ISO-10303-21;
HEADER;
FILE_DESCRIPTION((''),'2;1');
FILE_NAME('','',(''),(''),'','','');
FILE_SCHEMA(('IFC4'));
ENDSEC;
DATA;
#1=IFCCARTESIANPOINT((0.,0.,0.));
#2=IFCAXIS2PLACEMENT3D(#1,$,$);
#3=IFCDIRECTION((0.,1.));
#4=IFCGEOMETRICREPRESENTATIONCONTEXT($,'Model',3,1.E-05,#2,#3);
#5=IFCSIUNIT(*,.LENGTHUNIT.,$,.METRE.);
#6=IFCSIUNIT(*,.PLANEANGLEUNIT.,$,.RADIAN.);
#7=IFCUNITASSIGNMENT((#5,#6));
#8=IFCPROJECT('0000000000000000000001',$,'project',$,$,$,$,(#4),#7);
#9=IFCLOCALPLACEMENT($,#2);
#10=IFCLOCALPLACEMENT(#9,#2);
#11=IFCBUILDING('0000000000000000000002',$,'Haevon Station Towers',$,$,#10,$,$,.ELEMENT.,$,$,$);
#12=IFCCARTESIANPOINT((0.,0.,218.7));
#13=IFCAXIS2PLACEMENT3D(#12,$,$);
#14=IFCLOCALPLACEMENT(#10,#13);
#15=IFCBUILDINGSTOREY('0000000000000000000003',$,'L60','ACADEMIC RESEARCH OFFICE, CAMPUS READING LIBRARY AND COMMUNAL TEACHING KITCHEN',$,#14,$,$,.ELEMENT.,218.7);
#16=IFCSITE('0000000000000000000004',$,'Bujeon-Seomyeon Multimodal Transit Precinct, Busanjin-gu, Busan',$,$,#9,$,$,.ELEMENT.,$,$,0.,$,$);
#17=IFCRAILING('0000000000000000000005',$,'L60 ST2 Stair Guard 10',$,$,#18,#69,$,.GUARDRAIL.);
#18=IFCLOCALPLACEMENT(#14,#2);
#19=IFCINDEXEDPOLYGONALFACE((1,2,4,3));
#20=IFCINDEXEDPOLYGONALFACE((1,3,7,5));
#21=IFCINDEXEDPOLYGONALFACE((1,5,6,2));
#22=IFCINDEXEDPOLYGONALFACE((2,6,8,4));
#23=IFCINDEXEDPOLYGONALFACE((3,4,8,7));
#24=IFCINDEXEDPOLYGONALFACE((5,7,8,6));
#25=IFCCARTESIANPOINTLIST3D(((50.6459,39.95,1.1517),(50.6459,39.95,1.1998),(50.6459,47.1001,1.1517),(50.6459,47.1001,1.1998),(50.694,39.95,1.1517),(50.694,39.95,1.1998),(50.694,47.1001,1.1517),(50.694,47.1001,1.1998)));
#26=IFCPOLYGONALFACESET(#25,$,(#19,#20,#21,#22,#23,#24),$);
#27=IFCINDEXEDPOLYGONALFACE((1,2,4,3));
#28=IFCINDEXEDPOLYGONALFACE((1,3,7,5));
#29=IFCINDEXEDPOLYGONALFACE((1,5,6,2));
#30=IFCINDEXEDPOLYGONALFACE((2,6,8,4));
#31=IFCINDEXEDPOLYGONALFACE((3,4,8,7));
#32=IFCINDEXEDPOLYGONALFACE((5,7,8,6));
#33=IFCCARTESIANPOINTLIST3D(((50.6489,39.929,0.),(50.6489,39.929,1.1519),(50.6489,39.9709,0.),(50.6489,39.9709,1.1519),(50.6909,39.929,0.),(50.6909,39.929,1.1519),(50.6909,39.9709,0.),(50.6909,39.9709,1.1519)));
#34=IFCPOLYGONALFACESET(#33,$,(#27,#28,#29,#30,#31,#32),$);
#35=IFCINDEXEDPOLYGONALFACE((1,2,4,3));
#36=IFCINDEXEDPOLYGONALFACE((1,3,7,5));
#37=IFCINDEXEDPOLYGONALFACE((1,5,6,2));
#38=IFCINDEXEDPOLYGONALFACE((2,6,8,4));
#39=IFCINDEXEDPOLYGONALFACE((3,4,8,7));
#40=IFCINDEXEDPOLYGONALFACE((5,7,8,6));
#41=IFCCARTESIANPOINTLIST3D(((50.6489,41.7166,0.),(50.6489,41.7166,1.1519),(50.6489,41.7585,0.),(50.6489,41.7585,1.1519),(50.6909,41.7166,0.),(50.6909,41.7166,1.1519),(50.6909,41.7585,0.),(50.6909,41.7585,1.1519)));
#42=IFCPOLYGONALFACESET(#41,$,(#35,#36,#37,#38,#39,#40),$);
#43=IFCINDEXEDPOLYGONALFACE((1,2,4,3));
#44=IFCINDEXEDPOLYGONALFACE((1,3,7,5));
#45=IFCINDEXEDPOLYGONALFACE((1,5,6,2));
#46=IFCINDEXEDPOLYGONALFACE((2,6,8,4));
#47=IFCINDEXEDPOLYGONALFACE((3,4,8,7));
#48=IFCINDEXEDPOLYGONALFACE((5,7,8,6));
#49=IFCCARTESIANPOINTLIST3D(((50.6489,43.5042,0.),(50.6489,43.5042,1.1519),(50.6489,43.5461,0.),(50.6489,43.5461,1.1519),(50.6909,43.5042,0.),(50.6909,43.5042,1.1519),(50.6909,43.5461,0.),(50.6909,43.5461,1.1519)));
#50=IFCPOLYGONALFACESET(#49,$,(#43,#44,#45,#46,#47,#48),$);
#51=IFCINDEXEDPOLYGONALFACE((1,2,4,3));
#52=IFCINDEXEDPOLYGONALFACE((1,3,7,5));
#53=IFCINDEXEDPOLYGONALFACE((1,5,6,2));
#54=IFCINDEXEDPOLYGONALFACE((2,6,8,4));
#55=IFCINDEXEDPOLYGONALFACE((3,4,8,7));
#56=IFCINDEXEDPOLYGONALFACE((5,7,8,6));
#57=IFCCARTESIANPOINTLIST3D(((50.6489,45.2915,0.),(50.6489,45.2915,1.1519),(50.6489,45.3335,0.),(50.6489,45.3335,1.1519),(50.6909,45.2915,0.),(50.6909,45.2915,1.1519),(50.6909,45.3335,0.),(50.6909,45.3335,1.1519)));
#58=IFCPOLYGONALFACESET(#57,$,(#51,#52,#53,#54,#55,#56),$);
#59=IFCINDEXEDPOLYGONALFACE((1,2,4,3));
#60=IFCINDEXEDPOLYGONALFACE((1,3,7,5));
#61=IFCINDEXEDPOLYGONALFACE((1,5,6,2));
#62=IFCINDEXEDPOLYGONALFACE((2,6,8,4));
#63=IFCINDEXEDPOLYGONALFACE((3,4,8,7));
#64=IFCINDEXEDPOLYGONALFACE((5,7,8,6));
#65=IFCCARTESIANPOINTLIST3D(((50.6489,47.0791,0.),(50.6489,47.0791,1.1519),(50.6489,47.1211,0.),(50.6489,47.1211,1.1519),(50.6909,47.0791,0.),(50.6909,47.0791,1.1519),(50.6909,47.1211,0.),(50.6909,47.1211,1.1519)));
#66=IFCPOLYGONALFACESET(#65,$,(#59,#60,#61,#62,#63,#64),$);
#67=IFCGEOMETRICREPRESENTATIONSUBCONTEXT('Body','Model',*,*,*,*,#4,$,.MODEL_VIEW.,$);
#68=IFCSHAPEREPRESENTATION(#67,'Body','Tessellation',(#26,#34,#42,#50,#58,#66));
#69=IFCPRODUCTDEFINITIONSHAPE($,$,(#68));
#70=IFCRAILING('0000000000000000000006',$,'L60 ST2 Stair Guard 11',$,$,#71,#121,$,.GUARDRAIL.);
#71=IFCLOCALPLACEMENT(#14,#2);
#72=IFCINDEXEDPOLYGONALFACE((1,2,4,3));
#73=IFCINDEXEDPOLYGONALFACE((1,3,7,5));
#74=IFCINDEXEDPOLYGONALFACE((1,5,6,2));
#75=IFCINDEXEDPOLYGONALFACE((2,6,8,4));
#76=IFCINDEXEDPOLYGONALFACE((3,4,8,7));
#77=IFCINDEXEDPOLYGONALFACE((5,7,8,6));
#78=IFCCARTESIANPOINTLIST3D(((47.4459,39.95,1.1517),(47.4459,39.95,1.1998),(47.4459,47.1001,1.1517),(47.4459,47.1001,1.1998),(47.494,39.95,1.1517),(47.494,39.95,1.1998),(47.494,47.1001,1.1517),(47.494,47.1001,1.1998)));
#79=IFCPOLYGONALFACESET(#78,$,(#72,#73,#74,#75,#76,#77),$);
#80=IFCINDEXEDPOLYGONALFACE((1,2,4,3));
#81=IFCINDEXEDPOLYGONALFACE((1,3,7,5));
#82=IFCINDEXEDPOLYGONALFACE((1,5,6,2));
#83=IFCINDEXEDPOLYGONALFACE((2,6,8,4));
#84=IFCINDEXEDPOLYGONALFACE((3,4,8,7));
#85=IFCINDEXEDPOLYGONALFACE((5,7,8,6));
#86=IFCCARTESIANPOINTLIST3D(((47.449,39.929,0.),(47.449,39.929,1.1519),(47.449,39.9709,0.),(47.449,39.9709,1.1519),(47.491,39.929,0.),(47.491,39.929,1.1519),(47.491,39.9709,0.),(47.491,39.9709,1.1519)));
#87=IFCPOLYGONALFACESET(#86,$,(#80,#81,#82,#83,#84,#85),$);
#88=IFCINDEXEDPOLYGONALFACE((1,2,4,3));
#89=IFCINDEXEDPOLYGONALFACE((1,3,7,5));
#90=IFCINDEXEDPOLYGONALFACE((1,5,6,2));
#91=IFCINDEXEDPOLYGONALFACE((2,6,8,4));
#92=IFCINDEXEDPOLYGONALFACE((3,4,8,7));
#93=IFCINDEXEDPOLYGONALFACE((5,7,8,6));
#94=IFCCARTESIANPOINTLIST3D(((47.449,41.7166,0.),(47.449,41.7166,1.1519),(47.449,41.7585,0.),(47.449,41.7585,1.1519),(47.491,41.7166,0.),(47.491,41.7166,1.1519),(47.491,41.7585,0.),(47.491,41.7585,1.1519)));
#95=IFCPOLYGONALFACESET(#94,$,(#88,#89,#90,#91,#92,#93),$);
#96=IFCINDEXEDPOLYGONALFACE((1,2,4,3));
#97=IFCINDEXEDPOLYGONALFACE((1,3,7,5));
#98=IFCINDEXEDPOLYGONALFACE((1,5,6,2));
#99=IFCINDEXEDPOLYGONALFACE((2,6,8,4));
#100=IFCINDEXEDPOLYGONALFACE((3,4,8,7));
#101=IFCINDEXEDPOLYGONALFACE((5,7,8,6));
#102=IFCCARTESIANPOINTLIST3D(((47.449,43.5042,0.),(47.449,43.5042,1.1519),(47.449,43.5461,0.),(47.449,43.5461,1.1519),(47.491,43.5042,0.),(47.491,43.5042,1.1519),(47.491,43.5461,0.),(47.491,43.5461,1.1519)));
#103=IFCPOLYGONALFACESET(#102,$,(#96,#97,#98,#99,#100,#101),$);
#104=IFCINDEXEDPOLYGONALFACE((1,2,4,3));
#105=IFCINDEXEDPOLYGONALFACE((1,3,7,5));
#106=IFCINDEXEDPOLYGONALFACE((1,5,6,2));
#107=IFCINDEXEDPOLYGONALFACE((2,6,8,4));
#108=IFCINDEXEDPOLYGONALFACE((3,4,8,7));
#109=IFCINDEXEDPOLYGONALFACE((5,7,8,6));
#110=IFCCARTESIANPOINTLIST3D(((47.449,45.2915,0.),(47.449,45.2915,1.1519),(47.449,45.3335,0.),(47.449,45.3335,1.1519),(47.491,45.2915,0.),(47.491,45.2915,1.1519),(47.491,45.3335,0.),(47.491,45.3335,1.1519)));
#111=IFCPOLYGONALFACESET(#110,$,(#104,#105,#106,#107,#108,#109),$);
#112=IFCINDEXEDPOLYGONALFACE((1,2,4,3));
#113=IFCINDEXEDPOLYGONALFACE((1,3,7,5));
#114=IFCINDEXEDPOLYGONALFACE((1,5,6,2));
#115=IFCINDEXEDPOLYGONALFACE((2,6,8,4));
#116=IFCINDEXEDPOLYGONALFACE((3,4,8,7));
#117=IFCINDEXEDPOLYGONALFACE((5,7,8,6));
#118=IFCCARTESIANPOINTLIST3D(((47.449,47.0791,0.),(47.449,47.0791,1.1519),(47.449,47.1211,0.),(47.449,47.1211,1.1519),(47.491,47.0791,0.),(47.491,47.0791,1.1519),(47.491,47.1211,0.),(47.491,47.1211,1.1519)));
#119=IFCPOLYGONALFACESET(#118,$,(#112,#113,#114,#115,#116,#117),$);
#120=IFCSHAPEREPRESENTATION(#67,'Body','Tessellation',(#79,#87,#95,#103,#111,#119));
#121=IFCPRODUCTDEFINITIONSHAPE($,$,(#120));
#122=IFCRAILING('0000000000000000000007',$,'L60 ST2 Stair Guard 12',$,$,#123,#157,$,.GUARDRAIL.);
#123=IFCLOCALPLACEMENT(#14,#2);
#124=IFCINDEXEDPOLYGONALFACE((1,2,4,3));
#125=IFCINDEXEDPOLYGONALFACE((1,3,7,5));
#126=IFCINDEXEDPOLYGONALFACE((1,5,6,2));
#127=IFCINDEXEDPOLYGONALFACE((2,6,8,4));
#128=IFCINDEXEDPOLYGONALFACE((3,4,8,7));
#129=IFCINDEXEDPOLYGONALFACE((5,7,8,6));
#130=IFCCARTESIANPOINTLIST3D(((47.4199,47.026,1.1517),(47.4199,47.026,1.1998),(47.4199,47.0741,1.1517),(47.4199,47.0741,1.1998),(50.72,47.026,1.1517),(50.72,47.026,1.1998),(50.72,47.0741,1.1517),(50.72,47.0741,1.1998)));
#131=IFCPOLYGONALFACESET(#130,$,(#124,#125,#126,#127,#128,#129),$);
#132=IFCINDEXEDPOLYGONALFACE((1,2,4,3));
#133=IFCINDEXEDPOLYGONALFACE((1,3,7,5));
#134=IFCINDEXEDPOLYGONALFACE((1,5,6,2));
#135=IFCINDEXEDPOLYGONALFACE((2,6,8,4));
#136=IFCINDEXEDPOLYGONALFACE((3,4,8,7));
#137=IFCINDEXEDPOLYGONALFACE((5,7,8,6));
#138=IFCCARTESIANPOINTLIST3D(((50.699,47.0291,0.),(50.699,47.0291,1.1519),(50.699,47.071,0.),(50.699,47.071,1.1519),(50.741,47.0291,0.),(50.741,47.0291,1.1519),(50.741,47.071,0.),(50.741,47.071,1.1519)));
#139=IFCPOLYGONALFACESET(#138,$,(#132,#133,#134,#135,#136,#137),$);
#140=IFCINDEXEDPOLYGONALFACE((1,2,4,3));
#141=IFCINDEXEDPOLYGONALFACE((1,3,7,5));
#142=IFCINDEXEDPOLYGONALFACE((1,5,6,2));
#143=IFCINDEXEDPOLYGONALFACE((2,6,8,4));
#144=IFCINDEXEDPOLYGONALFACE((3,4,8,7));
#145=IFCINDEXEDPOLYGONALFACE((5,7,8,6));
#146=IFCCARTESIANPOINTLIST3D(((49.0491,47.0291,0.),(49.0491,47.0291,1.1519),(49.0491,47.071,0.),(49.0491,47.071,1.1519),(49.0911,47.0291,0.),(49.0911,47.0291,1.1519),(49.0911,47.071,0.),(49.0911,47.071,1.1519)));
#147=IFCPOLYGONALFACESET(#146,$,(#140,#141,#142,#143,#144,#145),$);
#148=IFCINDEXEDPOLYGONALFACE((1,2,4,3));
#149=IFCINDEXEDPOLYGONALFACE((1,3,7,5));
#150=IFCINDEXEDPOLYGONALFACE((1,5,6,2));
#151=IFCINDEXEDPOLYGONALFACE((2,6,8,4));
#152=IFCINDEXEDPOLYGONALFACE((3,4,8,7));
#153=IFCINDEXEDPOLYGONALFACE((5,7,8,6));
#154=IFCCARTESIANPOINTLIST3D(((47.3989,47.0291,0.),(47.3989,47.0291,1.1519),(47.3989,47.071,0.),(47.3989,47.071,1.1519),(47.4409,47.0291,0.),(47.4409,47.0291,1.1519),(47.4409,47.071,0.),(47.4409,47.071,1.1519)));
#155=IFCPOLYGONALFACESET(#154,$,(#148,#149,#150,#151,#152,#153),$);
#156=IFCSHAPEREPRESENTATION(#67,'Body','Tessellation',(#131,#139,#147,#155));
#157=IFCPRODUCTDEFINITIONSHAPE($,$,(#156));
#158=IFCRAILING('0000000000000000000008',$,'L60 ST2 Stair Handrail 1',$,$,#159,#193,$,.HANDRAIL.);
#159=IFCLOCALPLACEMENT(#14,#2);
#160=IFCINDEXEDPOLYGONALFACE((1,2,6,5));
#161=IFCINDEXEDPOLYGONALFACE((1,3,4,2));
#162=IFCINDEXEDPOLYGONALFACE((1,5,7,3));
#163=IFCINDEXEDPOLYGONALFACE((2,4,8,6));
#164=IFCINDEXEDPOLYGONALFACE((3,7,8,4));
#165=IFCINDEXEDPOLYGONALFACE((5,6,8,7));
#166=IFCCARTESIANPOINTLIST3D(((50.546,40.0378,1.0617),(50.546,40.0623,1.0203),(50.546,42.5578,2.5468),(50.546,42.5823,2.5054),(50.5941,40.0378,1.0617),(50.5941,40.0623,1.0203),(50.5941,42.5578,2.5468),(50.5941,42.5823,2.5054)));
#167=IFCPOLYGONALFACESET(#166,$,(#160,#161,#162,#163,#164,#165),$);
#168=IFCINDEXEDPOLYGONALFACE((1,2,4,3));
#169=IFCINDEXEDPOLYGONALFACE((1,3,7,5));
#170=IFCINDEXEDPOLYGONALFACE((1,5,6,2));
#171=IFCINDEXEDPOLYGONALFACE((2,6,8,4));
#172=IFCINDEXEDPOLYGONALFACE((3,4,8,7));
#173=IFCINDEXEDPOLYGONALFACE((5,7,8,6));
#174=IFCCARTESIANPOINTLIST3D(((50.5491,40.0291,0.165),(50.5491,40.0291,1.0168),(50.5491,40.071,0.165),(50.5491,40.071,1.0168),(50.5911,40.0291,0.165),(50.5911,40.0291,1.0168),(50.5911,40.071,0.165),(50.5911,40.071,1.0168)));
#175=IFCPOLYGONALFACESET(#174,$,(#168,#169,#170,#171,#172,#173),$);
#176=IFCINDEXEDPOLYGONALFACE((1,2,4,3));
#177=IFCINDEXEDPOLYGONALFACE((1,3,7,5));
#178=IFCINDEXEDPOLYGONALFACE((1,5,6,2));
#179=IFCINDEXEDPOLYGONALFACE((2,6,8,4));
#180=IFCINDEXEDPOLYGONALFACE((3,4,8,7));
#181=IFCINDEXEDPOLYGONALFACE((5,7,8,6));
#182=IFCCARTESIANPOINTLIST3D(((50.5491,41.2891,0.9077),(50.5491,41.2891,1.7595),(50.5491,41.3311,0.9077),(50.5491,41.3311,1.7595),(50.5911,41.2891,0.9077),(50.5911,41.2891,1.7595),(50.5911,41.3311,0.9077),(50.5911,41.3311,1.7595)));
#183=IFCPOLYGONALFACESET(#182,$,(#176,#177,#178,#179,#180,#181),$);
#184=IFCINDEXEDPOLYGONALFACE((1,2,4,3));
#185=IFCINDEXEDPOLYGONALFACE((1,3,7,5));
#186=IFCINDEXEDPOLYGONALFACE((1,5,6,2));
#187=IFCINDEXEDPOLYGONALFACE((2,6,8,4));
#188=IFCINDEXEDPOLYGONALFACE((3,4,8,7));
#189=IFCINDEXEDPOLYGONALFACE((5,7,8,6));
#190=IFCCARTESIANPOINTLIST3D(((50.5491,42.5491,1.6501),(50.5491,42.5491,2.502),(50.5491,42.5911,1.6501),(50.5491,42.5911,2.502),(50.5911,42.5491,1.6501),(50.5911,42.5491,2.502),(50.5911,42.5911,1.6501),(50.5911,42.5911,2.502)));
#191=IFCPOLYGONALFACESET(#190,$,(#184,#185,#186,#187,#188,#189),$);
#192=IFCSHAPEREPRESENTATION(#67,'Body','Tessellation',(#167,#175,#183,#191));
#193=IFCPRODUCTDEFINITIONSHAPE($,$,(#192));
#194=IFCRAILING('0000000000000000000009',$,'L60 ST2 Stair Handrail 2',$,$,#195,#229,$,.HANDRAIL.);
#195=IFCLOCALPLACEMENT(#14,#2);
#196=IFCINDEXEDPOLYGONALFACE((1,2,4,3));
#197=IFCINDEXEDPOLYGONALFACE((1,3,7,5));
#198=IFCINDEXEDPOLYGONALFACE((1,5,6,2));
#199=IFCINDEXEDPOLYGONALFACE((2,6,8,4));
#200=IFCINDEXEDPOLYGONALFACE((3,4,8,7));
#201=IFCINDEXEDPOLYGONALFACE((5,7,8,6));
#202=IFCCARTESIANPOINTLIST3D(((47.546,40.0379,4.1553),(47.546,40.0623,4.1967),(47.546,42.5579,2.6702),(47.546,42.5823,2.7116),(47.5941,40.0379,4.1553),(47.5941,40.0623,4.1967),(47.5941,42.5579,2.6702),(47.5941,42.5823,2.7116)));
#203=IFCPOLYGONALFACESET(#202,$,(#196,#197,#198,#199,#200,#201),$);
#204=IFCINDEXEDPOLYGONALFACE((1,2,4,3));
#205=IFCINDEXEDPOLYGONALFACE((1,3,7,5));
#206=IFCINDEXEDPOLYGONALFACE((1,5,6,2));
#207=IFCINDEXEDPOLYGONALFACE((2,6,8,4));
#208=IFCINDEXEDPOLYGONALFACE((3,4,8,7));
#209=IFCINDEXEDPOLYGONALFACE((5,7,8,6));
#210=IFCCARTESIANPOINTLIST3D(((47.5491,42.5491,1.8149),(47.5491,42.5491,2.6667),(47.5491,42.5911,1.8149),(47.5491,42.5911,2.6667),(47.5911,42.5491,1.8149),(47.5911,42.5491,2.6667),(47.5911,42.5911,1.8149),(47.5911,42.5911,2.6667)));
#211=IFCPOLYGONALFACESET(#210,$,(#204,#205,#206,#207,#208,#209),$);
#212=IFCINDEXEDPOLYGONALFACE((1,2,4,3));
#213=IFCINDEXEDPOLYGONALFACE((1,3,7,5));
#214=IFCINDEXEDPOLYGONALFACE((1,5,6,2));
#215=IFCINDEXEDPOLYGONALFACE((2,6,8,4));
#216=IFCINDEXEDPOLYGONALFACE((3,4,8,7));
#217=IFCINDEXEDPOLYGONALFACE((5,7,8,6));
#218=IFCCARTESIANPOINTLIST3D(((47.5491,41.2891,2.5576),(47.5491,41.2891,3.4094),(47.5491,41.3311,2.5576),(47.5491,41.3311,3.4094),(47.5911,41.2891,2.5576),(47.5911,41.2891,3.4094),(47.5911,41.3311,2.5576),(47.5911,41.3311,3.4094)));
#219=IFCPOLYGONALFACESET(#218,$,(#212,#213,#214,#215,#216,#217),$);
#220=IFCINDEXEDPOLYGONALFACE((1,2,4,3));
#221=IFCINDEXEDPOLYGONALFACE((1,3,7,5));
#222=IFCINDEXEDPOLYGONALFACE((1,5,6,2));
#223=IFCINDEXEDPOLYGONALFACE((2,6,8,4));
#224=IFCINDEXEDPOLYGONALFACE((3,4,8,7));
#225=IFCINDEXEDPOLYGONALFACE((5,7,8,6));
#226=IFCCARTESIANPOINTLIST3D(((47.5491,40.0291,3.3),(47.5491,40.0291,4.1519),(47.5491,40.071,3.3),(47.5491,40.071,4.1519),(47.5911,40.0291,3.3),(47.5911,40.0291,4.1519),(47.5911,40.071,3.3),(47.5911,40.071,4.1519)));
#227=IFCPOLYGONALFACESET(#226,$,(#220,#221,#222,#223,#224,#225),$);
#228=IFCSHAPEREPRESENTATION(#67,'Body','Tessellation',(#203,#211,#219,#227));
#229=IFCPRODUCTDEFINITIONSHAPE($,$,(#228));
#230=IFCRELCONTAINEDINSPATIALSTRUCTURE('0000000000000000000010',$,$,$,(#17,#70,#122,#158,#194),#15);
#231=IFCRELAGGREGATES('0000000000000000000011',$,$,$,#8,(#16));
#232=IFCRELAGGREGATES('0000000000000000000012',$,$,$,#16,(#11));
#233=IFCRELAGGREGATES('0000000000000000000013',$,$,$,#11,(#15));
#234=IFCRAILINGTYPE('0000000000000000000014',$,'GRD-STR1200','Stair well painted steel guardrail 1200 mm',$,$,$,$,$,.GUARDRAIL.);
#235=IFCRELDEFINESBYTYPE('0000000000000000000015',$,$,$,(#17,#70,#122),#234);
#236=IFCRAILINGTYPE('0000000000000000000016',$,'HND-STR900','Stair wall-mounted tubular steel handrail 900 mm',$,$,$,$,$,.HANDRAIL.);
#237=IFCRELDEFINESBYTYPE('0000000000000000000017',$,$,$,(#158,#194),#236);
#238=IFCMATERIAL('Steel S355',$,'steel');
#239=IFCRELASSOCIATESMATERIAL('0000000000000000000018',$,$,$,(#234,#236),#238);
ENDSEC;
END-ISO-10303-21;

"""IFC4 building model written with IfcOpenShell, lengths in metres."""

from ifc_helpers import new_model, si_unit, direction, frame, origin, origin_2d, place, context, subcontext, project, spatial, rectangle, extrude, material, type_object, element, save


model = new_model("IFC4")

# Units and contexts
model_context = context("Model", 3, precision=1e-05, world=origin(), true_north=direction((0.0, 1.0)))
body_context = subcontext(model_context, "Body", "Model", "MODEL_VIEW")
ifc_project = project(units=[si_unit("LENGTHUNIT", "METRE"), si_unit("PLANEANGLEUNIT", "RADIAN")], contexts=[model_context])

# Site, building, storey
site_placement = place(None, origin())
site = spatial("IfcSite", under=ifc_project, at=site_placement, Name="Bujeon-Seomyeon Multimodal Transit Precinct, Busanjin-gu, Busan", CompositionType="ELEMENT", RefElevation=0.0)
building_placement = place(site_placement, origin())
building = spatial("IfcBuilding", under=site, at=building_placement, Name="Haevon Station Towers", CompositionType="ELEMENT")
storey_placement = place(building_placement, frame((0.0, 0.0, 218.7)))
storey = spatial("IfcBuildingStorey", under=building, at=storey_placement, Name="L60", Description="ACADEMIC RESEARCH OFFICE, CAMPUS READING LIBRARY AND COMMUNAL TEACHING KITCHEN", CompositionType="ELEMENT", Elevation=218.7)

# Shared definitions
ifc_material_1 = material(Name="Steel S355", Category="steel")

# Railings
railing_type_1 = type_object("IfcRailingType", Name="GRD-STR1200", Description="Stair well painted steel guardrail 1200 mm", PredefinedType="GUARDRAIL", material=ifc_material_1)
for number, where, name in (
    (1, (50.6699, 39.95, 0.0), "L60 ST2 Stair Guard 10"),
    (2, (47.47, 39.95, 0.0), "L60 ST2 Stair Guard 11"),
):
    element("IfcRailing", number, at=place(storey_placement, frame(where)), inside=storey, type_object=railing_type_1, Name=name, PredefinedType="GUARDRAIL", context=body_context, shape_type="SweptSolid", body=[
        extrude(rectangle(XDim=0.0481, YDim=0.0481, at=origin_2d()), frame((0.0, 0.0, 1.1758), z_axis=(0.0, 1.0, 0.0), x_axis=(-1.0, 0.0, 0.0)), (0.0, 0.0, 1.0), 7.1501),
        extrude(rectangle(XDim=0.042, YDim=0.042, at=origin_2d()), origin(), (0.0, 0.0, 1.0), 1.1519),
        extrude(rectangle(XDim=0.042, YDim=0.042, at=origin_2d()), frame((0.0, 1.7876, 0.0)), (0.0, 0.0, 1.0), 1.1519),
        extrude(rectangle(XDim=0.042, YDim=0.042, at=origin_2d()), frame((0.0, 3.5752, 0.0)), (0.0, 0.0, 1.0), 1.1519),
        extrude(rectangle(XDim=0.042, YDim=0.042, at=origin_2d()), frame((0.0, 5.3625, 0.0)), (0.0, 0.0, 1.0), 1.1519),
        extrude(rectangle(XDim=0.042, YDim=0.042, at=origin_2d()), frame((0.0, 7.1501, 0.0)), (0.0, 0.0, 1.0), 1.1519),
    ])
railing_1_placement = place(storey_placement, frame((50.72, 47.05, 0.0)))
element("IfcRailing", 3, at=railing_1_placement, inside=storey, type_object=railing_type_1, Name="L60 ST2 Stair Guard 12", PredefinedType="GUARDRAIL", context=body_context, shape_type="SweptSolid", body=[
    extrude(rectangle(XDim=0.0481, YDim=0.0481, at=origin_2d()), frame((0.0, 0.0, 1.1758), z_axis=(-1.0, 0.0, 0.0), x_axis=(0.0, -1.0, 0.0)), (0.0, 0.0, 1.0), 3.3),
    extrude(rectangle(XDim=0.042, YDim=0.042, at=origin_2d()), origin(), (0.0, 0.0, 1.0), 1.1519),
    extrude(rectangle(XDim=0.042, YDim=0.042, at=origin_2d()), frame((-1.6499, 0.0, 0.0)), (0.0, 0.0, 1.0), 1.1519),
    extrude(rectangle(XDim=0.042, YDim=0.042, at=origin_2d()), frame((-3.3, 0.0, 0.0)), (0.0, 0.0, 1.0), 1.1519),
])
railing_type_2 = type_object("IfcRailingType", Name="HND-STR900", Description="Stair wall-mounted tubular steel handrail 900 mm", PredefinedType="HANDRAIL", material=ifc_material_1)
railing_2_placement = place(storey_placement, frame((50.5701, 40.05, 0.165)))
element("IfcRailing", 4, at=railing_2_placement, inside=storey, type_object=railing_type_2, Name="L60 ST2 Stair Handrail 1", PredefinedType="HANDRAIL", context=body_context, shape_type="SweptSolid", body=[
    extrude(rectangle(XDim=0.0481, YDim=0.0481, at=origin_2d()), frame((0.0, 0.0, 0.876), z_axis=(0.0, 0.861524, 0.507717), x_axis=(-1.0, 0.0, 0.0)), (0.0, 0.0, 1.0), 2.925),
    extrude(rectangle(XDim=0.042, YDim=0.042, at=origin_2d()), origin(), (0.0, 0.0, 1.0), 0.8518),
    extrude(rectangle(XDim=0.042, YDim=0.042, at=origin_2d()), frame((0.0, 1.26, 0.7427)), (0.0, 0.0, 1.0), 0.8518),
    extrude(rectangle(XDim=0.042, YDim=0.042, at=origin_2d()), frame((0.0, 2.52, 1.4851)), (0.0, 0.0, 1.0), 0.8518),
])
railing_3_placement = place(storey_placement, frame((47.5701, 42.5701, 1.8149)))
element("IfcRailing", 5, at=railing_3_placement, inside=storey, type_object=railing_type_2, Name="L60 ST2 Stair Handrail 2", PredefinedType="HANDRAIL", context=body_context, shape_type="SweptSolid", body=[
    extrude(rectangle(XDim=0.0481, YDim=0.0481, at=origin_2d()), frame((0.0, 0.0, 0.876), z_axis=(0.0, -0.861524, 0.507717), x_axis=(1.0, 0.0, 0.0)), (0.0, 0.0, 1.0), 2.925),
    extrude(rectangle(XDim=0.042, YDim=0.042, at=origin_2d()), origin(), (0.0, 0.0, 1.0), 0.8518),
    extrude(rectangle(XDim=0.042, YDim=0.042, at=origin_2d()), frame((0.0, -1.26, 0.7427)), (0.0, 0.0, 1.0), 0.8518),
    extrude(rectangle(XDim=0.042, YDim=0.042, at=origin_2d()), frame((0.0, -2.52, 1.4851)), (0.0, 0.0, 1.0), 0.8518),
])

save(model, "model.ifc")
